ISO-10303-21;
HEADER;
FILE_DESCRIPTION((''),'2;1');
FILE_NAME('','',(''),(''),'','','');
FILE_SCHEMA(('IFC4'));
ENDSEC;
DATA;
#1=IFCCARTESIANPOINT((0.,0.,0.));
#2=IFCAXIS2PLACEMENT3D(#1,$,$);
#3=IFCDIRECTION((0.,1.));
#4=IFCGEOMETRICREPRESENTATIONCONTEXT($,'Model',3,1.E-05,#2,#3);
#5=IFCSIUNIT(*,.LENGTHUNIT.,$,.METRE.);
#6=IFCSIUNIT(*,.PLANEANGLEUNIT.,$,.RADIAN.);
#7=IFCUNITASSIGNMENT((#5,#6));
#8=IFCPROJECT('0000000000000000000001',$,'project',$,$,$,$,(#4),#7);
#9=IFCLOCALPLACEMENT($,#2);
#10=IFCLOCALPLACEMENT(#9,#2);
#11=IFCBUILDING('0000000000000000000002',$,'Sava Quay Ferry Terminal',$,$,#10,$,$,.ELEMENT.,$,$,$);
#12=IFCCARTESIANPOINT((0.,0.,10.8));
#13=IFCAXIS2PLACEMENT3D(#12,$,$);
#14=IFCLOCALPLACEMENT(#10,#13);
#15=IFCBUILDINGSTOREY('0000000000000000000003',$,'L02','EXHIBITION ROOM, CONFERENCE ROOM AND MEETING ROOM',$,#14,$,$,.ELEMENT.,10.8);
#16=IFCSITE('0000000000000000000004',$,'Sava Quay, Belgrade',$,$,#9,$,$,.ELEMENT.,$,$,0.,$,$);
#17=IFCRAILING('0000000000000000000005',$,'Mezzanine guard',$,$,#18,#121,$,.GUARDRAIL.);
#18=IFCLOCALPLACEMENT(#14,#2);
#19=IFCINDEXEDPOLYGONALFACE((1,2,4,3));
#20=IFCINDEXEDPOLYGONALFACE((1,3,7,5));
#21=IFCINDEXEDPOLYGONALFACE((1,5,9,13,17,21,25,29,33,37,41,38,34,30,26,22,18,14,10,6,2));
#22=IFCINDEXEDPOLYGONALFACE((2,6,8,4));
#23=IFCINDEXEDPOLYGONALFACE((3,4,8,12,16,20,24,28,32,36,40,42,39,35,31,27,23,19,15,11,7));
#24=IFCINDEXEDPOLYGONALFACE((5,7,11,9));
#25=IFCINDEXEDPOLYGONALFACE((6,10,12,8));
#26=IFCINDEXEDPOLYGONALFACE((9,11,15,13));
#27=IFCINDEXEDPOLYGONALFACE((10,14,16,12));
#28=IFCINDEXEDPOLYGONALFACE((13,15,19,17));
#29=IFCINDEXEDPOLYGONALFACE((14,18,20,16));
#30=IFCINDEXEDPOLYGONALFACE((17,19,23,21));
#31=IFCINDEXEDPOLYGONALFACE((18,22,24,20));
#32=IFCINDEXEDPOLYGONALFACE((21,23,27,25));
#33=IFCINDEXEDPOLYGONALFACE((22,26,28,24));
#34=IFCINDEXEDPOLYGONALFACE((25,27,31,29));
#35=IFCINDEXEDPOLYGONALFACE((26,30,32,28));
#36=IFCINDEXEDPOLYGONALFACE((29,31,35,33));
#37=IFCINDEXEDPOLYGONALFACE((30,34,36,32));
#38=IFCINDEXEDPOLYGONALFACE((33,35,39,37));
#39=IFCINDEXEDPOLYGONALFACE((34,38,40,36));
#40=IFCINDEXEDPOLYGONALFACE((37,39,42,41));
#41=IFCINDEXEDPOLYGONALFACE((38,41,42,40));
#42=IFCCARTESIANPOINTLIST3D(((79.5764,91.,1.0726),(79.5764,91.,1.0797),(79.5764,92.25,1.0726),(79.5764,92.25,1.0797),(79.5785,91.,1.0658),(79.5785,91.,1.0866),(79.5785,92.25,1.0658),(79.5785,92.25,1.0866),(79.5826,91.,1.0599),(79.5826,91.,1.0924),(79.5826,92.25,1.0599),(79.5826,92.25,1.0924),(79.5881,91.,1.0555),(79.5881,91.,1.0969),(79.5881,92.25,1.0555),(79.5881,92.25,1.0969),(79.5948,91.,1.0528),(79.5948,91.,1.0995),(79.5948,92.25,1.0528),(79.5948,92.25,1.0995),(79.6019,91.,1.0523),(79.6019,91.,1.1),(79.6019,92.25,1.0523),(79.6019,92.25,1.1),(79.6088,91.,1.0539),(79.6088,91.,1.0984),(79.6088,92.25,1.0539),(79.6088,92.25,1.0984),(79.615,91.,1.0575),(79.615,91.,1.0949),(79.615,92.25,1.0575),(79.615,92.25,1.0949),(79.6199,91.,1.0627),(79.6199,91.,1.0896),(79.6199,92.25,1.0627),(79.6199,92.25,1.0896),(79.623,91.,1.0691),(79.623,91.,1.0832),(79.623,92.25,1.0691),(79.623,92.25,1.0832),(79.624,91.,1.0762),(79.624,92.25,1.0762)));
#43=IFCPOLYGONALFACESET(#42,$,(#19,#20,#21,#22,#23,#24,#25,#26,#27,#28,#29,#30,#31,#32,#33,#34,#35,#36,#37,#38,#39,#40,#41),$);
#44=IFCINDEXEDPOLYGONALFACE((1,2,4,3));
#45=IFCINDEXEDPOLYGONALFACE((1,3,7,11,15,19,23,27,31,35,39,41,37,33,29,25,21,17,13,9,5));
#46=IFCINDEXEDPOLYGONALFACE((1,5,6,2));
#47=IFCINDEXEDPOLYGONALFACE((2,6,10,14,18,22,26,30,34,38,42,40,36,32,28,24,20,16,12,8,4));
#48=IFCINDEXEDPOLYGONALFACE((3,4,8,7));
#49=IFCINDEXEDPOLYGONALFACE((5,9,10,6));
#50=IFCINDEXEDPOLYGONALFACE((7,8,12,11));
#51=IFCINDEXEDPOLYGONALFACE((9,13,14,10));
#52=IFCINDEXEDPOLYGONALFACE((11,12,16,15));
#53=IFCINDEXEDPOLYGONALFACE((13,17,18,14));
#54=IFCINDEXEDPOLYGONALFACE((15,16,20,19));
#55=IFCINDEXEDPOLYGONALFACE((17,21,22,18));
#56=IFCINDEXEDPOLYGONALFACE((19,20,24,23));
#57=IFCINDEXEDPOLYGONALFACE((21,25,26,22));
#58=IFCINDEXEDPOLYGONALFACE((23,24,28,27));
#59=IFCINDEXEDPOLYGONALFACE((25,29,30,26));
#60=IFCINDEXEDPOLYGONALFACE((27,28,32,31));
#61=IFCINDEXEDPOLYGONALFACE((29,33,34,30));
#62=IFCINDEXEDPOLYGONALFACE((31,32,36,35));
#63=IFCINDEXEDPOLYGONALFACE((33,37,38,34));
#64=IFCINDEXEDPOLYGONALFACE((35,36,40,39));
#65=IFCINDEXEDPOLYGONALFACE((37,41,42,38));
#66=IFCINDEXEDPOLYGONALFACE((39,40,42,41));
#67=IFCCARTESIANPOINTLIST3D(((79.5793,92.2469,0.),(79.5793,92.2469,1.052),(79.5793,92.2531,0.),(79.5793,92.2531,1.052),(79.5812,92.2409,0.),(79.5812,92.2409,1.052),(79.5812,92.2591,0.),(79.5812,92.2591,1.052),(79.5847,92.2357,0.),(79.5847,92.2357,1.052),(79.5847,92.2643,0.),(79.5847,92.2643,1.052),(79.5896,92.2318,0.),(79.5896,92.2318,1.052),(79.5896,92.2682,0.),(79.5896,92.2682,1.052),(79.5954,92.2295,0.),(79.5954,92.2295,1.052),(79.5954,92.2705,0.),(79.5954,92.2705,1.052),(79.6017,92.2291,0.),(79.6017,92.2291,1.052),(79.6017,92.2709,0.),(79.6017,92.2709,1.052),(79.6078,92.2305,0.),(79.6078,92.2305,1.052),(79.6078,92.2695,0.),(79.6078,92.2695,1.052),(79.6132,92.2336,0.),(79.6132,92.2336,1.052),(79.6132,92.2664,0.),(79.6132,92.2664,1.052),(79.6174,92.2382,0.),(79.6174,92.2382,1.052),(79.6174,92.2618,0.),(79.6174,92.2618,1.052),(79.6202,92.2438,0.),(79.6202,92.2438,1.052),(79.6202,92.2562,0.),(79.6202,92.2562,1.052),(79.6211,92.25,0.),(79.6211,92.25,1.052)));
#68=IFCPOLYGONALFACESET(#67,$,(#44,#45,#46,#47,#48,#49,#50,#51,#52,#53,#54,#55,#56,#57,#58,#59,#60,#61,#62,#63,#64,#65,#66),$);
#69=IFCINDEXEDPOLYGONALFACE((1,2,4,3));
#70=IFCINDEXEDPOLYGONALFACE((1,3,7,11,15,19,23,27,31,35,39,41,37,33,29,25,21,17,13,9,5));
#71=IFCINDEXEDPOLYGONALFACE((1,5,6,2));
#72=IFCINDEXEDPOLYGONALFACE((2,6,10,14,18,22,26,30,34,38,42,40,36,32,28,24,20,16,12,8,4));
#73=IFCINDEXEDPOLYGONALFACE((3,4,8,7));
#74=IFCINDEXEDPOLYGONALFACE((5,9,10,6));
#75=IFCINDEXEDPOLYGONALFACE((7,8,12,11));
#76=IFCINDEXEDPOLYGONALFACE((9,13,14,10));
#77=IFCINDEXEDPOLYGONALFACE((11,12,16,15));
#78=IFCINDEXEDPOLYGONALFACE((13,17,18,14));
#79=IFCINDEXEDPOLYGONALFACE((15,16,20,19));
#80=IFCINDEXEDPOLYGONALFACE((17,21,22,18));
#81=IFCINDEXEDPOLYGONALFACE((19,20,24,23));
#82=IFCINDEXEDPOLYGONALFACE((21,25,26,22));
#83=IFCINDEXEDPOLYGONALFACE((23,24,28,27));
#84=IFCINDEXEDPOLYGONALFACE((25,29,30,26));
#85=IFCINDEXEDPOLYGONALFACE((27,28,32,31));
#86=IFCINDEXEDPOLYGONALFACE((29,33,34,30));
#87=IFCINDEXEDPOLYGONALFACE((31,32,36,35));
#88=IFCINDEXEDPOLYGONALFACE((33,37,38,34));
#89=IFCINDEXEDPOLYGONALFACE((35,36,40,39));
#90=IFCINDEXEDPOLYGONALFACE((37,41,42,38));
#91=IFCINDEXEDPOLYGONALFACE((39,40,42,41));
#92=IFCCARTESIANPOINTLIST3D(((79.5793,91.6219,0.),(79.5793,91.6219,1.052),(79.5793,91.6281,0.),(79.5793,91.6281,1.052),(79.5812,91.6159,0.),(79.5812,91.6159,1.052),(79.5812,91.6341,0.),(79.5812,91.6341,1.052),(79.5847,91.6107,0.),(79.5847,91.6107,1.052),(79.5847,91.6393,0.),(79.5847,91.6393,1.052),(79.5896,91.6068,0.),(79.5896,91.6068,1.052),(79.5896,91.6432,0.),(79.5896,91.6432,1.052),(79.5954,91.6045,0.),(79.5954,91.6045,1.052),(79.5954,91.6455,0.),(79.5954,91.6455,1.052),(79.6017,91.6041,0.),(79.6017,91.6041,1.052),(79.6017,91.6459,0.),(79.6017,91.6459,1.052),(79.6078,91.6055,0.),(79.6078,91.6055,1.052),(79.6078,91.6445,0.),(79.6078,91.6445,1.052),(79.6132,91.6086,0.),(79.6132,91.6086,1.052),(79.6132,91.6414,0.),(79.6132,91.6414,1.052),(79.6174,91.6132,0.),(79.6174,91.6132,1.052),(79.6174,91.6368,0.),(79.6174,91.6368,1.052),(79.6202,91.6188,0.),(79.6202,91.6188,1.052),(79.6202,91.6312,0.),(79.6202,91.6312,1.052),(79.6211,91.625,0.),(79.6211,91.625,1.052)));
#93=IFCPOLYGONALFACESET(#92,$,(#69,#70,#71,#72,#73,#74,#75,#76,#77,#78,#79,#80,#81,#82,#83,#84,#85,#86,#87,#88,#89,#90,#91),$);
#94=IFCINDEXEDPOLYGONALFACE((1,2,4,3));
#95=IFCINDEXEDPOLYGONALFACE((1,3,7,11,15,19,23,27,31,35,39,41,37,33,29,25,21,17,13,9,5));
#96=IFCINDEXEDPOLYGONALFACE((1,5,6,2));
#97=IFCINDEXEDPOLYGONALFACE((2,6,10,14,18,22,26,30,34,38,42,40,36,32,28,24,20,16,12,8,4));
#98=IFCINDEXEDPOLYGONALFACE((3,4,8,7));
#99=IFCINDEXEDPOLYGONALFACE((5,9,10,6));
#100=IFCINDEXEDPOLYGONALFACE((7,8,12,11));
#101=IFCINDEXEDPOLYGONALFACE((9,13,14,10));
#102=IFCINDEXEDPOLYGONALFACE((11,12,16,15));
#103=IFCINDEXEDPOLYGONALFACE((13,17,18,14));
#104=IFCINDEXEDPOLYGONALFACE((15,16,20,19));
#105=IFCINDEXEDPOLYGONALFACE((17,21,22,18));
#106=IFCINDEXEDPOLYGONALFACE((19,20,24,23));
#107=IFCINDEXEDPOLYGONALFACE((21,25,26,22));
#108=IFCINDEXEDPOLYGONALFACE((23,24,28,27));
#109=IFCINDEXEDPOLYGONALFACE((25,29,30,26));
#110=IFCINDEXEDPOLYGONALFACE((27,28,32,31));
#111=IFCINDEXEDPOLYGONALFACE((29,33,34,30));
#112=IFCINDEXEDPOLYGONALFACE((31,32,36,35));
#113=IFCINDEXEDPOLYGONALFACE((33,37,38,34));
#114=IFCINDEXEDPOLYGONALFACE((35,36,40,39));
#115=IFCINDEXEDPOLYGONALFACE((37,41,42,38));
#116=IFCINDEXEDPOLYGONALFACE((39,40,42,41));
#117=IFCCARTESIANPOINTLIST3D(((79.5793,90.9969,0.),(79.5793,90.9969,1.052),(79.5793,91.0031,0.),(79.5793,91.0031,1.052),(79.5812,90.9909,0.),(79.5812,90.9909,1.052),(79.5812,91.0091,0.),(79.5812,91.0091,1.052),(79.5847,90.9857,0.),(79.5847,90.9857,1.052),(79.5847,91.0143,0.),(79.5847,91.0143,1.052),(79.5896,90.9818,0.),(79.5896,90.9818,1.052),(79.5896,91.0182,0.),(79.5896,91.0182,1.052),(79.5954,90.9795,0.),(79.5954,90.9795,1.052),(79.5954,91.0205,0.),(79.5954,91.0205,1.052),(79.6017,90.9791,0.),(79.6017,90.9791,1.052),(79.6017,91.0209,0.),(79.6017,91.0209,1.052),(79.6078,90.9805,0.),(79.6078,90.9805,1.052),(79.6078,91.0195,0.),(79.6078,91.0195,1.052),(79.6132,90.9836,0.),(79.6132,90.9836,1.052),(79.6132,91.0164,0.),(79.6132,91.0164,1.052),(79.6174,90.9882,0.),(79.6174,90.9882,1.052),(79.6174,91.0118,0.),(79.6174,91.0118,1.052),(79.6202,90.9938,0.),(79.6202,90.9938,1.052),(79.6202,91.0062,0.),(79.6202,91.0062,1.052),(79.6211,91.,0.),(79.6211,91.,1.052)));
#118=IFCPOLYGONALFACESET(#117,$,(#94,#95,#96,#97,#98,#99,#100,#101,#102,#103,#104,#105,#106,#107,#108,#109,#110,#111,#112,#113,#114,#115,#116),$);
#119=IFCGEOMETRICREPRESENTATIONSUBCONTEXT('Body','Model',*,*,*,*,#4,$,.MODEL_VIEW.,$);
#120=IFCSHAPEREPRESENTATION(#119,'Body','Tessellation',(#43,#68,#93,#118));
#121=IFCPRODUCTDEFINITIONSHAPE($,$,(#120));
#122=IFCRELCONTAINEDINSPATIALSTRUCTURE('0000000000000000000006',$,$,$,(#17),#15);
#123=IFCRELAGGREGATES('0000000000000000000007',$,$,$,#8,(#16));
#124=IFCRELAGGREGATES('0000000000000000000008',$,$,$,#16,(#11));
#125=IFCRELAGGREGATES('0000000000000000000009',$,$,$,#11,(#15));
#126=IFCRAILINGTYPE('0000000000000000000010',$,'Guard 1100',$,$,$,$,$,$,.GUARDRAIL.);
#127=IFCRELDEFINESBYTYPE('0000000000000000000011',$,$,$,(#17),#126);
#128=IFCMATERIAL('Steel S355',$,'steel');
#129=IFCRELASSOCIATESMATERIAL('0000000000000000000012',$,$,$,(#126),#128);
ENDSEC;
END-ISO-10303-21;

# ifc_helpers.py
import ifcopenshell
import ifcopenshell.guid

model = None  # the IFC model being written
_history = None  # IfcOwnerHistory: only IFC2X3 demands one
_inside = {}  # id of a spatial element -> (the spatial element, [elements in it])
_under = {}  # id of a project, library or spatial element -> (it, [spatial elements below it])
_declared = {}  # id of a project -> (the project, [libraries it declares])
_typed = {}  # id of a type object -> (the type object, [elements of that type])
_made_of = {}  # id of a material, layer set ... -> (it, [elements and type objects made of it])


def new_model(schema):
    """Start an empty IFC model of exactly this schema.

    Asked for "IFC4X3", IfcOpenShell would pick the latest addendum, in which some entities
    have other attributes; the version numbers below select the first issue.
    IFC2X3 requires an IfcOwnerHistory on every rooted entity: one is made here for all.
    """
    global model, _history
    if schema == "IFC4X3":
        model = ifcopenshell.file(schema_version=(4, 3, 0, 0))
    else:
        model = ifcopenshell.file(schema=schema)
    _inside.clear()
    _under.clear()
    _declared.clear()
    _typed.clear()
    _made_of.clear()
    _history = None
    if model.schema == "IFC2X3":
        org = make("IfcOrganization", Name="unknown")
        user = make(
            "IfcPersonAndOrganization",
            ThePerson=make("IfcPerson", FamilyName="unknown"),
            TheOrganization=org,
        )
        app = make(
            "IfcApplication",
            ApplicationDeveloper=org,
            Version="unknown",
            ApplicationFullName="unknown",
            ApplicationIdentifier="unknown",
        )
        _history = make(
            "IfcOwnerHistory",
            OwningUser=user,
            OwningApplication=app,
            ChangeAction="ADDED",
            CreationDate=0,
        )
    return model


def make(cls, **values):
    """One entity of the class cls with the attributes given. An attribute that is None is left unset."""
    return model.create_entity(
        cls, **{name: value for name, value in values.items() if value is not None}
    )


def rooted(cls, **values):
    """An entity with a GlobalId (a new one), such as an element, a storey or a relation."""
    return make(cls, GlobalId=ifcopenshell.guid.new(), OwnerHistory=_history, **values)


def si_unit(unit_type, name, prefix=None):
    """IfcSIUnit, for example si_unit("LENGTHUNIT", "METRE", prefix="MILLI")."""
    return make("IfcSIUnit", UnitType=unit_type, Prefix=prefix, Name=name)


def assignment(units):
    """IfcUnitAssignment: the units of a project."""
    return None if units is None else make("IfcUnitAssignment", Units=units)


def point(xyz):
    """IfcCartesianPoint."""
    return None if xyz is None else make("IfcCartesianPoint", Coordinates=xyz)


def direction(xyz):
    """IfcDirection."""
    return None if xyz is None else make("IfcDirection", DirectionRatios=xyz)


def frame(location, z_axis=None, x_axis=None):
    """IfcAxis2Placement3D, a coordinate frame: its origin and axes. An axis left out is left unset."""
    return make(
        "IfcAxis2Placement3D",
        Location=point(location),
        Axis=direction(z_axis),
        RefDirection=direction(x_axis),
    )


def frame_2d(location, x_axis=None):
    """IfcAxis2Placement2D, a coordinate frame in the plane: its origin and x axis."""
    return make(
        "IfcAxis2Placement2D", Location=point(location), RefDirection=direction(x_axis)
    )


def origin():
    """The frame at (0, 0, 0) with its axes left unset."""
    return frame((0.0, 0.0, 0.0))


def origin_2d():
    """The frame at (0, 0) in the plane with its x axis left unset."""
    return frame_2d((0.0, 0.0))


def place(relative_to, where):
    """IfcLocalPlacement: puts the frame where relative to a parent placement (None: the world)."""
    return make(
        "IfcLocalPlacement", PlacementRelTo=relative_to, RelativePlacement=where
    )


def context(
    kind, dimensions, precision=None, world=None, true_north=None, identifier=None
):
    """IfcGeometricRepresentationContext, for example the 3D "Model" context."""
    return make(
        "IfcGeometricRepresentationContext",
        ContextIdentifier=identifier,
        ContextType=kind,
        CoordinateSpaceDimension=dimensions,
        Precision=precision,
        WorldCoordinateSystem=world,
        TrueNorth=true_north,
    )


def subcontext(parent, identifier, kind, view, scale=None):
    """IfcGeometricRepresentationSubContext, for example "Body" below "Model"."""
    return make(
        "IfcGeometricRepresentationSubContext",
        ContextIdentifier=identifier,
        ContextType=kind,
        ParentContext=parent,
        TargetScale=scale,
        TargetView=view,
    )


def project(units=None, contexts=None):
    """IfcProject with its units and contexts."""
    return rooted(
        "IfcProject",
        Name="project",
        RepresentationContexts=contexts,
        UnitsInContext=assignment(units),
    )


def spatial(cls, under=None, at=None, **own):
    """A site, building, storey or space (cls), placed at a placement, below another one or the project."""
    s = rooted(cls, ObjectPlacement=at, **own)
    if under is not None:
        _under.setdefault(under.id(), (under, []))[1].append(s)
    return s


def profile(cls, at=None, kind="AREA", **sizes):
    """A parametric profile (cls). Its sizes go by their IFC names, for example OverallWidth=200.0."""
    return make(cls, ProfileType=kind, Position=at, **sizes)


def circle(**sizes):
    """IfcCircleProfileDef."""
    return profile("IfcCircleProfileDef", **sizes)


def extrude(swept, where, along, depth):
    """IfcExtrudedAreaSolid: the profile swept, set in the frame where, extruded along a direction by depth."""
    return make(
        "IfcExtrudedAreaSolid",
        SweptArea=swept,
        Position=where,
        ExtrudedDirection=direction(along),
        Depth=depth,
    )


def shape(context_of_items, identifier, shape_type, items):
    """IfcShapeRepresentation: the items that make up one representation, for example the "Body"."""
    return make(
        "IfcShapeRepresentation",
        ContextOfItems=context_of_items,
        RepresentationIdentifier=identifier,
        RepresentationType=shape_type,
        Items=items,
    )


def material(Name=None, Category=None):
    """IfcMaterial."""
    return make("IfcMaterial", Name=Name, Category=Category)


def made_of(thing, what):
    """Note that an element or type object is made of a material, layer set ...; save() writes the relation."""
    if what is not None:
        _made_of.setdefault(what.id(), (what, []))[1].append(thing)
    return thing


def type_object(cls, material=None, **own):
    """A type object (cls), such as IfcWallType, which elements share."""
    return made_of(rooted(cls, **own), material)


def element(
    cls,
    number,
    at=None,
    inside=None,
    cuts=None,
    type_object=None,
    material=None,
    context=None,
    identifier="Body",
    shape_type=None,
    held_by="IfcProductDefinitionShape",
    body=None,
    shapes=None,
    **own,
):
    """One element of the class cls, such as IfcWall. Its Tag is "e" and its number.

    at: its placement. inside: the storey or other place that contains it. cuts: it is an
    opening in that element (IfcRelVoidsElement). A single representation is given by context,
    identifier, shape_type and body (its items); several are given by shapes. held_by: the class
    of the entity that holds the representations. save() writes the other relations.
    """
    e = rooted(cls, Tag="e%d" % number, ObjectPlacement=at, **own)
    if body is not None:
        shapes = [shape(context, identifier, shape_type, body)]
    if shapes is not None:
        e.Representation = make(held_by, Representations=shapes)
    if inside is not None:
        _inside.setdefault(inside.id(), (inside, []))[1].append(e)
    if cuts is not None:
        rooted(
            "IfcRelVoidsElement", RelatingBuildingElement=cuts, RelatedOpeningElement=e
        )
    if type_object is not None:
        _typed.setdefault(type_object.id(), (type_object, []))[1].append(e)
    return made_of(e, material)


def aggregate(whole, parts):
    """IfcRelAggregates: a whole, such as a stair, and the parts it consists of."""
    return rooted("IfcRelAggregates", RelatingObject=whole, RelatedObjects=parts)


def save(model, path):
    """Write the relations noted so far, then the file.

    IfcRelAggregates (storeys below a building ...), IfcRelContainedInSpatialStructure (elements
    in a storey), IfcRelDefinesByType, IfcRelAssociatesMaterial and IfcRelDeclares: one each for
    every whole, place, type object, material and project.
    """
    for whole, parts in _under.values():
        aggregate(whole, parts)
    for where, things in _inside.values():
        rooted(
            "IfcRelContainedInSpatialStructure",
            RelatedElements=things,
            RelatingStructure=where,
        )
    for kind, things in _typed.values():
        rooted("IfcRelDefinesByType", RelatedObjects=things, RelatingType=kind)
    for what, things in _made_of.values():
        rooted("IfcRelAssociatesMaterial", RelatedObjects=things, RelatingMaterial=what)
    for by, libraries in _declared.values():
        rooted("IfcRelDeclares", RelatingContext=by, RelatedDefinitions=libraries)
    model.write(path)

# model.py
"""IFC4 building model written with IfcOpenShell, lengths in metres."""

from ifc_helpers import new_model, si_unit, direction, frame, origin, origin_2d, place, context, subcontext, project, spatial, circle, extrude, material, type_object, element, save


model = new_model("IFC4")

# Units and contexts
model_context = context("Model", 3, precision=1e-05, world=origin(), true_north=direction((0.0, 1.0)))
body_context = subcontext(model_context, "Body", "Model", "MODEL_VIEW")
ifc_project = project(units=[si_unit("LENGTHUNIT", "METRE"), si_unit("PLANEANGLEUNIT", "RADIAN")], contexts=[model_context])

# Site, building, storey
site_placement = place(None, origin())
site = spatial("IfcSite", under=ifc_project, at=site_placement, Name="Sava Quay, Belgrade", CompositionType="ELEMENT", RefElevation=0.0)
building_placement = place(site_placement, origin())
building = spatial("IfcBuilding", under=site, at=building_placement, Name="Sava Quay Ferry Terminal", CompositionType="ELEMENT")
storey_placement = place(building_placement, frame((0.0, 0.0, 10.8)))
storey = spatial("IfcBuildingStorey", under=building, at=storey_placement, Name="L02", Description="EXHIBITION ROOM, CONFERENCE ROOM AND MEETING ROOM", CompositionType="ELEMENT", Elevation=10.8)

# Railing
ifc_material_1 = material(Name="Steel S355", Category="steel")
railing_type = type_object("IfcRailingType", Name="Guard 1100", PredefinedType="GUARDRAIL", material=ifc_material_1)
railing_1_placement = place(storey_placement, frame((79.6001, 92.25, 0.0)))
element("IfcRailing", 1, at=railing_1_placement, inside=storey, type_object=railing_type, Name="Mezzanine guard", PredefinedType="GUARDRAIL", context=body_context, shape_type="SweptSolid", body=[
    extrude(circle(Radius=0.0239, at=origin_2d()), frame((0.0, 0.0, 1.0762), z_axis=(0.0, -1.0, 0.0), x_axis=(1.0, 0.0, 0.0)), (0.0, 0.0, 1.0), 1.25),
    extrude(circle(Radius=0.021, at=origin_2d()), origin(), (0.0, 0.0, 1.0), 1.052),
    extrude(circle(Radius=0.021, at=origin_2d()), frame((0.0, -0.625, 0.0)), (0.0, 0.0, 1.0), 1.052),
    extrude(circle(Radius=0.021, at=origin_2d()), frame((0.0, -1.25, 0.0)), (0.0, 0.0, 1.0), 1.052),
])

save(model, "model.ifc")
